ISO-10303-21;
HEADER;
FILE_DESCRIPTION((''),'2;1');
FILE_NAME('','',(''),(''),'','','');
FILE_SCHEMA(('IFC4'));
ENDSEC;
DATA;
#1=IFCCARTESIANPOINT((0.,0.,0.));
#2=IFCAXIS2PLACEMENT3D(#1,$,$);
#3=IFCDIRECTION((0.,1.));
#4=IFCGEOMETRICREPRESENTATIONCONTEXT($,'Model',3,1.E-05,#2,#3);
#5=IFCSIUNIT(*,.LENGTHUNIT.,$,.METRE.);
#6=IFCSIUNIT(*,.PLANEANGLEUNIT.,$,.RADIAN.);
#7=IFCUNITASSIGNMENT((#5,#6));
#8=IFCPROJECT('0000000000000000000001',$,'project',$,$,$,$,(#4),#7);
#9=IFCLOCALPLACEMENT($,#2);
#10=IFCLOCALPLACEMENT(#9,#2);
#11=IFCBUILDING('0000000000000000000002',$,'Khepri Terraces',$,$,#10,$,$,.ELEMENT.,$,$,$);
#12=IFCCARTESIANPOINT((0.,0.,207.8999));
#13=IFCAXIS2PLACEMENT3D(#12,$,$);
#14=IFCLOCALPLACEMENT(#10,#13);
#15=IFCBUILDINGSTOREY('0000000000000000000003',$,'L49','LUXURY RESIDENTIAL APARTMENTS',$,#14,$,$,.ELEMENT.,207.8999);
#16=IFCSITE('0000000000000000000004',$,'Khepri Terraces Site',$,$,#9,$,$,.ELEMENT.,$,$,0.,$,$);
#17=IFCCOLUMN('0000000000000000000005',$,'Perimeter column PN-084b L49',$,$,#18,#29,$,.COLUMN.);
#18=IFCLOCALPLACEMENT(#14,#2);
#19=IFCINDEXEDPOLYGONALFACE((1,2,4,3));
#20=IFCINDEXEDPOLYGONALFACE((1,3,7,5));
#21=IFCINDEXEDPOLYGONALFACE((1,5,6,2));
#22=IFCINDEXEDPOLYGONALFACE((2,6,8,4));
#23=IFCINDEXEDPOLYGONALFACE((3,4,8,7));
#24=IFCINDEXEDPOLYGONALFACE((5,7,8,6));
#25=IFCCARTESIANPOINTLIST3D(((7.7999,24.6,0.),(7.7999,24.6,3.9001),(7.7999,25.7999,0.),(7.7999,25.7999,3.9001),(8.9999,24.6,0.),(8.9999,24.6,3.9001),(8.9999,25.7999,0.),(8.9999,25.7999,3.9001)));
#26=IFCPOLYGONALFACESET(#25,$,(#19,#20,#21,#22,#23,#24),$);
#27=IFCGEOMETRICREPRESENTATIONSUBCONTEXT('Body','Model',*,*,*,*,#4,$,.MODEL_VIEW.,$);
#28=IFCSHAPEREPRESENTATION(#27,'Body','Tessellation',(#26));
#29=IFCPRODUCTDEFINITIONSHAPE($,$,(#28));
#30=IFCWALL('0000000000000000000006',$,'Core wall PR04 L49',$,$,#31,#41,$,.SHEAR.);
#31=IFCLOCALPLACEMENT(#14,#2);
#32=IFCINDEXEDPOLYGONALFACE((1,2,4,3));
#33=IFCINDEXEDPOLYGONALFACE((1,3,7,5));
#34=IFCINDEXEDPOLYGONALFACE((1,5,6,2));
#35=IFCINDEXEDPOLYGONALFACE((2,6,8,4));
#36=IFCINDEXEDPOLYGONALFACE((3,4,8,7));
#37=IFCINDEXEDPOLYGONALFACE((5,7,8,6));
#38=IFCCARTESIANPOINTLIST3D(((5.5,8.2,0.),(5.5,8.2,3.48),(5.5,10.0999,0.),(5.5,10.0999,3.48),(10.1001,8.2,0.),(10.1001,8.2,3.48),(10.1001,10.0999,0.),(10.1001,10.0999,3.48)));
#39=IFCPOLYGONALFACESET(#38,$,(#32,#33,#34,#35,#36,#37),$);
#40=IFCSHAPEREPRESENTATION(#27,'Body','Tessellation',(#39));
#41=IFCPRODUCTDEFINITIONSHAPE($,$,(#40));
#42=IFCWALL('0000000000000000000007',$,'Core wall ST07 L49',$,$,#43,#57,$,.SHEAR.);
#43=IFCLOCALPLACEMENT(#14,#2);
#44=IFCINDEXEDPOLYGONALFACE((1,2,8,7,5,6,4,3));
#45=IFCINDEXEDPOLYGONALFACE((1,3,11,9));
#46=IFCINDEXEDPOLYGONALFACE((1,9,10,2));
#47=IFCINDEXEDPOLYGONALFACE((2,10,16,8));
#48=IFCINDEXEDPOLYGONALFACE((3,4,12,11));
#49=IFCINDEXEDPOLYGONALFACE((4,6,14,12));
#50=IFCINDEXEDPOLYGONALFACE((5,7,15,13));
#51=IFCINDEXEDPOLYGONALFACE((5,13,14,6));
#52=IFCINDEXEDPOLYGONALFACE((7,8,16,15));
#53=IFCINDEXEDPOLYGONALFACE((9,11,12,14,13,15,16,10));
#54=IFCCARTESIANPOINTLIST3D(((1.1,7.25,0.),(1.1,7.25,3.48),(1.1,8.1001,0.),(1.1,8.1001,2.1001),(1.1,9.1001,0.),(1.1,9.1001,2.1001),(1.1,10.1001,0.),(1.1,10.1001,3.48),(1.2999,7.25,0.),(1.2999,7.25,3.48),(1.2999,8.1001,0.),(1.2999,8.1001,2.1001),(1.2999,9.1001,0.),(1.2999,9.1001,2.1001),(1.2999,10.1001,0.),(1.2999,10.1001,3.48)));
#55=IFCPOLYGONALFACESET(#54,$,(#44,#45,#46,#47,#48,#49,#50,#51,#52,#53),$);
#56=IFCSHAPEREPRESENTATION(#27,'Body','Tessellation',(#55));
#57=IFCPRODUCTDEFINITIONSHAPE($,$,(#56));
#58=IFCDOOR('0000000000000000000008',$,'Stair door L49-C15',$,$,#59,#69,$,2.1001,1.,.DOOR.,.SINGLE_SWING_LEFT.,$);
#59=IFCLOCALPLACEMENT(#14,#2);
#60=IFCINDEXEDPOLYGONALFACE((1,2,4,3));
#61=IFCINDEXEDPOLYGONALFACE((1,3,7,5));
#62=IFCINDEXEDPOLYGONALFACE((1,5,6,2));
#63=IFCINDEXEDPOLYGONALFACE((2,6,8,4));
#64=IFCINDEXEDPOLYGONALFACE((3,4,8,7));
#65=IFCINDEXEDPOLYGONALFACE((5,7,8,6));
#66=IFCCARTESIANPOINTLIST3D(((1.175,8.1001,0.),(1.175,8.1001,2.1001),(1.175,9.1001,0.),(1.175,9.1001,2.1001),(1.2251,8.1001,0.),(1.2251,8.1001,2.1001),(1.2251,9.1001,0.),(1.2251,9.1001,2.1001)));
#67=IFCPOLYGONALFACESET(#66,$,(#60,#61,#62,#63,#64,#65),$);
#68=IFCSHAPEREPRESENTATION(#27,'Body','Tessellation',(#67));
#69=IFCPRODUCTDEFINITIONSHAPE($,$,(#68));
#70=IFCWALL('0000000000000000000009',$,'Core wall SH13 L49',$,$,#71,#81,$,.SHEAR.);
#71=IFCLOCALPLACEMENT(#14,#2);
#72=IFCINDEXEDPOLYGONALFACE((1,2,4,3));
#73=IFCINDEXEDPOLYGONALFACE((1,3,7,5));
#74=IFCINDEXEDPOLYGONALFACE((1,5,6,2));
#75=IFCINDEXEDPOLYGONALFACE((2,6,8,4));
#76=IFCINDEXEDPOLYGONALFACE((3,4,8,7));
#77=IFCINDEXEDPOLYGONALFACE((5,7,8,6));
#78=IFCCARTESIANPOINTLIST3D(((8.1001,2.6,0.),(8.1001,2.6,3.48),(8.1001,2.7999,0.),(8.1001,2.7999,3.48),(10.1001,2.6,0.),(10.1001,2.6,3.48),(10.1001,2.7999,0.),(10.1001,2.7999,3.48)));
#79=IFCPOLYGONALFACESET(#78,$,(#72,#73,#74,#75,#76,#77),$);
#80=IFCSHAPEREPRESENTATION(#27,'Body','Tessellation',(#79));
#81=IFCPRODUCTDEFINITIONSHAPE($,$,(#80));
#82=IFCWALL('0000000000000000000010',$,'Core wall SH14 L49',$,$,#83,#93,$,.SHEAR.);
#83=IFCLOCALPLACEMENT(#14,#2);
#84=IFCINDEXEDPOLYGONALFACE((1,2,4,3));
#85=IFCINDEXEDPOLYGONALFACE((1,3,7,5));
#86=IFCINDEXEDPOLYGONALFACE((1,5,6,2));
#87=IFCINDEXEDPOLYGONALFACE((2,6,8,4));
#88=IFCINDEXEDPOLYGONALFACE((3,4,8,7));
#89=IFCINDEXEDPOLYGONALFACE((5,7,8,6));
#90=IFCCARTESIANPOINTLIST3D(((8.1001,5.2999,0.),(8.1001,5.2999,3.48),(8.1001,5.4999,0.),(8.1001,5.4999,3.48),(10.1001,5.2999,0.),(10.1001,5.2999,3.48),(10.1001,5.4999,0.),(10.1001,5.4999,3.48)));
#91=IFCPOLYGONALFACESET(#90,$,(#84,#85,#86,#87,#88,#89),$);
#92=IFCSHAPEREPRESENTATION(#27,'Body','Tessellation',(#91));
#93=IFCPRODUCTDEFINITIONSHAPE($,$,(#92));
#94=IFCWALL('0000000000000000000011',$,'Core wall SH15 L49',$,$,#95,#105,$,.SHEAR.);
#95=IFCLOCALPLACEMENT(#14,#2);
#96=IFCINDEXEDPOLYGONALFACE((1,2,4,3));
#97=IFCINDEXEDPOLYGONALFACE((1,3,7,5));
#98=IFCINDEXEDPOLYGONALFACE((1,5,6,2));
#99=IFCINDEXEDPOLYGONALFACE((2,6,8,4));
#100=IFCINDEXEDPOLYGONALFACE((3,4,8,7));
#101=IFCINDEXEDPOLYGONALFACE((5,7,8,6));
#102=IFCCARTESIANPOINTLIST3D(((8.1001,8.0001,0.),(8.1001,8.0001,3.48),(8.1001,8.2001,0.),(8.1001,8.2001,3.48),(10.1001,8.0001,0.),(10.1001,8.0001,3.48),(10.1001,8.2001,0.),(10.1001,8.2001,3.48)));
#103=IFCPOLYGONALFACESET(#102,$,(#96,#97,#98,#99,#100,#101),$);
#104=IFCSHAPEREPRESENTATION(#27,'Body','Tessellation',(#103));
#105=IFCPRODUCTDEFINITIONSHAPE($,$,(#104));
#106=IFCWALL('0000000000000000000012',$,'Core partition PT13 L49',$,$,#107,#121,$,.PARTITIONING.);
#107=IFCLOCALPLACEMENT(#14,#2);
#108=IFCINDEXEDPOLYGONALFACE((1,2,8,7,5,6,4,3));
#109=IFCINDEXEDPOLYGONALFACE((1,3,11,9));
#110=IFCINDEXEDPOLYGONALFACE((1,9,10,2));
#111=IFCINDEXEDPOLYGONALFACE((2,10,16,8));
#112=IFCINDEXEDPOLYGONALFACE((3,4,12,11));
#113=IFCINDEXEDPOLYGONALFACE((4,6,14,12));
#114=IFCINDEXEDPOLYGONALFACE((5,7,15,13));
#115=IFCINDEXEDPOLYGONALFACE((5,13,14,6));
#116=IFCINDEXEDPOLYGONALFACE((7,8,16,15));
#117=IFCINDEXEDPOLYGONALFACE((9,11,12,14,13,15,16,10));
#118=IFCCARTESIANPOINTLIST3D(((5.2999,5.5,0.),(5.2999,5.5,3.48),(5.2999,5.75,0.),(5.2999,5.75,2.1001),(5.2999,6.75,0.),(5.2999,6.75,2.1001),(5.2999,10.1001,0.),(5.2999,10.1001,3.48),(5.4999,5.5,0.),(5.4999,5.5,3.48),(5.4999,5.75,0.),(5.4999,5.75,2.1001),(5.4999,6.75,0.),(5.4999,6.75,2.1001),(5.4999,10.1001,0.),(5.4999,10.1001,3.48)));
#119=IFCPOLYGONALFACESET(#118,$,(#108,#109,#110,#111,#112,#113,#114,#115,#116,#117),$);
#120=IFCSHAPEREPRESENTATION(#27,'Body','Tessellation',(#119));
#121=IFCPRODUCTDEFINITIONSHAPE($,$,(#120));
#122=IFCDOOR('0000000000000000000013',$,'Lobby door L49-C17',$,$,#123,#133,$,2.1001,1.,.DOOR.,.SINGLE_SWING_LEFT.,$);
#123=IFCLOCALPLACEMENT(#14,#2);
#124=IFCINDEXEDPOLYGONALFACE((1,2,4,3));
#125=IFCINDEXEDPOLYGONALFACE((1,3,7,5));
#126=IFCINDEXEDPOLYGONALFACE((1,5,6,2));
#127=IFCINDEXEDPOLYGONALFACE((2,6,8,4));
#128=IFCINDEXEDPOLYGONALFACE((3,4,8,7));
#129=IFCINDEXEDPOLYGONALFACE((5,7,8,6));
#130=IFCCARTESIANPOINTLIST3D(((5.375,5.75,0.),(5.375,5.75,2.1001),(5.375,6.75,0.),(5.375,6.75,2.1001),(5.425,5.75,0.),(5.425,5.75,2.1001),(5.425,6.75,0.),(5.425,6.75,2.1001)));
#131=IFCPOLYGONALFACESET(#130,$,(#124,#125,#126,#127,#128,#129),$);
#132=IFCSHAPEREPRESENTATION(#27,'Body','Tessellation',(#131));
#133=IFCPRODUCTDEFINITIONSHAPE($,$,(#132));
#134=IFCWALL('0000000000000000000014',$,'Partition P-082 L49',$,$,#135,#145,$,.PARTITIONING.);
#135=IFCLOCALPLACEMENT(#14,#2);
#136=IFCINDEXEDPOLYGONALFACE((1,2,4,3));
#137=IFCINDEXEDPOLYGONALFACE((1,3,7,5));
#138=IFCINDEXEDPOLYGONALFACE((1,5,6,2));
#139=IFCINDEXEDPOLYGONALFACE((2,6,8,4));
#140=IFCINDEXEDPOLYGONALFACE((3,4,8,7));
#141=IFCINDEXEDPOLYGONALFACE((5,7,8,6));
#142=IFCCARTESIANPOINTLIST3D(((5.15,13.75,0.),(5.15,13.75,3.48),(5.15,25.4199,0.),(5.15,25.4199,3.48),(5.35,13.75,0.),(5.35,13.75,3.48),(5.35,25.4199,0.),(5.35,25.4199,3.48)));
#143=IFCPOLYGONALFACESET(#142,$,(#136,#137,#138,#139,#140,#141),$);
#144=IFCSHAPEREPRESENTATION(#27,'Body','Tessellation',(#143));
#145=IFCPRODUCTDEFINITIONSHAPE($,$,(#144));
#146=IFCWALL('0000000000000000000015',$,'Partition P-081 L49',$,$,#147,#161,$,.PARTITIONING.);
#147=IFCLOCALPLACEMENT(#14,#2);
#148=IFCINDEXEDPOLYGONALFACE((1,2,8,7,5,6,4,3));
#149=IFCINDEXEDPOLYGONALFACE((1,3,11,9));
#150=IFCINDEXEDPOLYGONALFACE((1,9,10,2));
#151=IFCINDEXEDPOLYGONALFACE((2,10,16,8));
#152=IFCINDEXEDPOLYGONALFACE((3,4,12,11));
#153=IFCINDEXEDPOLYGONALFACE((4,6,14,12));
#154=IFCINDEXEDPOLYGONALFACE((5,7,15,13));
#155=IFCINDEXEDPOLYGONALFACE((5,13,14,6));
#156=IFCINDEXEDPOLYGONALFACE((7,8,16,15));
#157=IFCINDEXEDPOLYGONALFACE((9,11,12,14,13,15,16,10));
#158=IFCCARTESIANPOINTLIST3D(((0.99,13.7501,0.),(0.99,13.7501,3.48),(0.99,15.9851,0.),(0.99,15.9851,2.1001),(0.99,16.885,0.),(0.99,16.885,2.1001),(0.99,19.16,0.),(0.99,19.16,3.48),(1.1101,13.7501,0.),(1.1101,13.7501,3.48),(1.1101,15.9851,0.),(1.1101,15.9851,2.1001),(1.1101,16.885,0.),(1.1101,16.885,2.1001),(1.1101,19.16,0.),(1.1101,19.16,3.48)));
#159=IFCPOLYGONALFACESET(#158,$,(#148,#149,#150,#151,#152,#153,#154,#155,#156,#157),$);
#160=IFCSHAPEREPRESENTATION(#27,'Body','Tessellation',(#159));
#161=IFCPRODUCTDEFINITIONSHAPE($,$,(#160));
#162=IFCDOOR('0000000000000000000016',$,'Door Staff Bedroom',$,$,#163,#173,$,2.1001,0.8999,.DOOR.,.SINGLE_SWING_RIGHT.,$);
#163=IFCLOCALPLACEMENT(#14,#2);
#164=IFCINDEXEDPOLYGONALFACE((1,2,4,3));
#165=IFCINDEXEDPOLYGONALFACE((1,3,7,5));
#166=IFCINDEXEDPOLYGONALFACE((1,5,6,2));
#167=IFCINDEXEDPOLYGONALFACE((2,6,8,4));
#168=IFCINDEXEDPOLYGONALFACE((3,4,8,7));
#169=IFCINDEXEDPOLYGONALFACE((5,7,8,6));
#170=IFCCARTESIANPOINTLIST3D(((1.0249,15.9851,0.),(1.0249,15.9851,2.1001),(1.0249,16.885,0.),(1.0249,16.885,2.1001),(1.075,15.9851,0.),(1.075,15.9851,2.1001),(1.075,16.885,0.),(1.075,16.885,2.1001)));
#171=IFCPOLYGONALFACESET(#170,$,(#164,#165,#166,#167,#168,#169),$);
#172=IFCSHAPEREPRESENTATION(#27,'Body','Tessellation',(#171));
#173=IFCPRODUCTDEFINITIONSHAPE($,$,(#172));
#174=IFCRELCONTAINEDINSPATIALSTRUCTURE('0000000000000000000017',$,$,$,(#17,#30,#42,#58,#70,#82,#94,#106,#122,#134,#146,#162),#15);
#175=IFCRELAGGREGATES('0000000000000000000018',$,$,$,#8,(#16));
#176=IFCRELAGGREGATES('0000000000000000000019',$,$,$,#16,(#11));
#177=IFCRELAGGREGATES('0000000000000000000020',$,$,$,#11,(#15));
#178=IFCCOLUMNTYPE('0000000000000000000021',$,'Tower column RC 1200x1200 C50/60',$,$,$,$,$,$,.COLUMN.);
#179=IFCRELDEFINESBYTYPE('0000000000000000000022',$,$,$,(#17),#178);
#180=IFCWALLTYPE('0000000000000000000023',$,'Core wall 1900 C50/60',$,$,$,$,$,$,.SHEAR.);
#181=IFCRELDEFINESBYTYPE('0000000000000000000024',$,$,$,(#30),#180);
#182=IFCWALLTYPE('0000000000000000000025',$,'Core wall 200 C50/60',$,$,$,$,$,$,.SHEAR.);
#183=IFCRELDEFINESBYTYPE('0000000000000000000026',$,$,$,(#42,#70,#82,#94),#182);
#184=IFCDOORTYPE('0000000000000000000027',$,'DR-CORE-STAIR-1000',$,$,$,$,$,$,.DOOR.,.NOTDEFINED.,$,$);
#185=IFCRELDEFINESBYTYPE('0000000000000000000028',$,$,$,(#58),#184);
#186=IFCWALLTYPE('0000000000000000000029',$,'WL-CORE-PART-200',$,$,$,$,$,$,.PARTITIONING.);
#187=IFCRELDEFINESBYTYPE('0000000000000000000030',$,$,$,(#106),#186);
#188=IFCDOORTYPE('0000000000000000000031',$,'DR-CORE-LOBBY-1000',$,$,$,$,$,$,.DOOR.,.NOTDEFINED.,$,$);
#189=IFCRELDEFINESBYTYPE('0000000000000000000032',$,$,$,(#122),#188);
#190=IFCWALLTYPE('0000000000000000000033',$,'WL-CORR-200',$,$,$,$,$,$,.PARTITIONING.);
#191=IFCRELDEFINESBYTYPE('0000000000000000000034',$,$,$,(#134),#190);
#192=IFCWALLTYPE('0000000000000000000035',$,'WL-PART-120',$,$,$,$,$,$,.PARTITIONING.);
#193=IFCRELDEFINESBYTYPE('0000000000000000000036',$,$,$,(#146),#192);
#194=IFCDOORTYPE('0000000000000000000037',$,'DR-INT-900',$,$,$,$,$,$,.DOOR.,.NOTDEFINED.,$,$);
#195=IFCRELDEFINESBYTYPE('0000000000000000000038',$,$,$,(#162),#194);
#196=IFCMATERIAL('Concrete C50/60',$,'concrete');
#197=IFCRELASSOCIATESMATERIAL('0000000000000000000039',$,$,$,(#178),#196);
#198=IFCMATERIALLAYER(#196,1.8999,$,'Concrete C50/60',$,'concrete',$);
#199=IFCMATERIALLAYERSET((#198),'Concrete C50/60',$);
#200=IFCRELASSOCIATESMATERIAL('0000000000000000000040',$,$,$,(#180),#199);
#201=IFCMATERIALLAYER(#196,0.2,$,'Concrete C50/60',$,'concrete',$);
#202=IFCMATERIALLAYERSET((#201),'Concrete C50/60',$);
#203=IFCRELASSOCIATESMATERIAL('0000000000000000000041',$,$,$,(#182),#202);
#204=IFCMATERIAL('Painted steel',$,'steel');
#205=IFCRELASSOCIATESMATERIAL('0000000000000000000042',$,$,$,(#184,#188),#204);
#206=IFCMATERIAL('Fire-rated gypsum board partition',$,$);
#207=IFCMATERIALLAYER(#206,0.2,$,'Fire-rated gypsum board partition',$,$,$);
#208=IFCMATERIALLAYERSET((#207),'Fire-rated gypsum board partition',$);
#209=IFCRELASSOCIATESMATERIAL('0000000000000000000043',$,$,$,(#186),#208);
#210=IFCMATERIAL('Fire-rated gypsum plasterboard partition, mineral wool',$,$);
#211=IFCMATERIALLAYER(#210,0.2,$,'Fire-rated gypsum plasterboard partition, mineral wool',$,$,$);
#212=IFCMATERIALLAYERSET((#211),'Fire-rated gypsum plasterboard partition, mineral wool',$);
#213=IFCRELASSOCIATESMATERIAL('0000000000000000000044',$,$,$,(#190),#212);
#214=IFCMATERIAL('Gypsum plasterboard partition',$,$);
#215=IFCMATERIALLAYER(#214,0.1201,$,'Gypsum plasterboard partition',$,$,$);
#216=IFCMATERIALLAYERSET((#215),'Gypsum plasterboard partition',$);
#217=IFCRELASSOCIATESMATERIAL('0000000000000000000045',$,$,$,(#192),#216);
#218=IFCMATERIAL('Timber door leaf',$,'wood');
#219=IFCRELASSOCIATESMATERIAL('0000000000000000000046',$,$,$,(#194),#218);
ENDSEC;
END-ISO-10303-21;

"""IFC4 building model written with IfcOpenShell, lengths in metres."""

from ifc_helpers import new_model, si_unit, direction, frame, frame_2d, origin, origin_2d, place, context, subcontext, project, spatial, rectangle, extrude, material, layer, layer_set, material_profile, profile_set, type_object, element, fill, save


model = new_model("IFC4")

# Units and contexts
model_context = context("Model", 3, precision=1e-05, world=origin(), true_north=direction((0.0, 1.0)))
body_context = subcontext(model_context, "Body", "Model", "MODEL_VIEW")
ifc_project = project(units=[si_unit("LENGTHUNIT", "METRE"), si_unit("PLANEANGLEUNIT", "RADIAN")], contexts=[model_context])

# Site, building, storey
site_placement = place(None, origin())
site = spatial("IfcSite", under=ifc_project, at=site_placement, Name="Khepri Terraces Site", CompositionType="ELEMENT", RefElevation=0.0)
building_placement = place(site_placement, origin())
building = spatial("IfcBuilding", under=site, at=building_placement, Name="Khepri Terraces", CompositionType="ELEMENT")
storey_placement = place(building_placement, frame((0.0, 0.0, 207.8999)))
storey = spatial("IfcBuildingStorey", under=building, at=storey_placement, Name="L49", Description="LUXURY RESIDENTIAL APARTMENTS", CompositionType="ELEMENT", Elevation=207.8999)

# Column
ifc_material_1 = material(Name="Concrete C50/60", Category="concrete")
ifc_material_profile = material_profile(ifc_material_1, rectangle(XDim=1.2, YDim=1.2, at=origin_2d()), Name="Concrete C50/60", Category="concrete")
ifc_profile_set = profile_set([ifc_material_profile], Name="Concrete C50/60")
column_type = type_object("IfcColumnType", Name="Tower column RC 1200x1200 C50/60", PredefinedType="COLUMN", material=ifc_profile_set)
column_placement = place(storey_placement, frame((8.3999, 25.2, 0.0), z_axis=(0.0, 0.0, 1.0), x_axis=(1.0, 0.0, 0.0)))
element("IfcColumn", 1, at=column_placement, inside=storey, type_object=column_type, Name="Perimeter column PN-084b L49", PredefinedType="COLUMN", context=body_context, shape_type="SweptSolid", body=[
    extrude(rectangle(XDim=1.2, YDim=1.2, at=origin_2d()), origin(), (0.0, 0.0, 1.0), 3.9001),
])

# Wall
ifc_layer_1 = layer(ifc_material_1, 1.8999, Name="Concrete C50/60", Category="concrete")
ifc_layer_set_1 = layer_set([ifc_layer_1], Name="Concrete C50/60")
wall_type_1 = type_object("IfcWallType", Name="Core wall 1900 C50/60", PredefinedType="SHEAR", material=ifc_layer_set_1)
wall_1_placement = place(storey_placement, frame((5.5, 9.1499, 0.0), z_axis=(0.0, 0.0, 1.0), x_axis=(1.0, 0.0, 0.0)))
element("IfcWall", 2, at=wall_1_placement, inside=storey, type_object=wall_type_1, Name="Core wall PR04 L49", PredefinedType="SHEAR", context=body_context, shape_type="SweptSolid", body=[
    extrude(rectangle(XDim=4.6001, YDim=1.8999, at=frame_2d((2.3, 0.0))), origin(), (0.0, 0.0, 1.0), 3.48),
])

# Wall, opening, door
ifc_layer_2 = layer(ifc_material_1, 0.2, Name="Concrete C50/60", Category="concrete")
ifc_layer_set_2 = layer_set([ifc_layer_2], Name="Concrete C50/60")
wall_type_2 = type_object("IfcWallType", Name="Core wall 200 C50/60", PredefinedType="SHEAR", material=ifc_layer_set_2)
wall_2_placement = place(storey_placement, frame((1.2, 7.25, 0.0), z_axis=(0.0, 0.0, 1.0), x_axis=(0.0, 1.0, 0.0)))
wall_2 = element("IfcWall", 3, at=wall_2_placement, inside=storey, type_object=wall_type_2, Name="Core wall ST07 L49", PredefinedType="SHEAR", context=body_context, shape_type="SweptSolid", body=[
    extrude(rectangle(XDim=2.8501, YDim=0.2, at=frame_2d((1.425, 0.0))), origin(), (0.0, 0.0, 1.0), 3.48),
])
opening_1_placement = place(wall_2_placement, frame((0.8501, 0.0, 0.0)))
opening_1 = element("IfcOpeningElement", 4, at=opening_1_placement, cuts=wall_2, PredefinedType="OPENING", context=body_context, shape_type="SweptSolid", body=[
    extrude(rectangle(XDim=1.0, YDim=2.1001, at=frame_2d((0.5, 1.05))), frame((0.0, 0.1099, 0.0), z_axis=(0.0, -1.0, 0.0), x_axis=(1.0, 0.0, 0.0)), (0.0, 0.0, 1.0), 0.22),
])
ifc_material_2 = material(Name="Painted steel", Category="steel")
door_type_1 = type_object("IfcDoorType", Name="DR-CORE-STAIR-1000", OperationType="NOTDEFINED", PredefinedType="DOOR", material=ifc_material_2)
door_1_placement = place(opening_1_placement, origin())
door_1 = element("IfcDoor", 5, at=door_1_placement, inside=storey, type_object=door_type_1, Name="Stair door L49-C15", OperationType="SINGLE_SWING_LEFT", OverallHeight=2.1001, OverallWidth=1.0, PredefinedType="DOOR", context=body_context, shape_type="SweptSolid", body=[
    extrude(rectangle(XDim=1.0, YDim=2.1001, at=frame_2d((0.5, 1.05))), frame((0.0, 0.0249, 0.0), z_axis=(0.0, -1.0, 0.0), x_axis=(1.0, 0.0, 0.0)), (0.0, 0.0, 1.0), 0.05),
])
fill(opening_1, door_1)

# Walls
for number, where, z_axis, x_axis, name in (
    (6, (8.1001, 2.7, 0.0), (0.0, 0.0, 1.0), (1.0, 0.0, 0.0), "Core wall SH13 L49"),
    (7, (8.1001, 5.3999, 0.0), (0.0, 0.0, 1.0), (1.0, 0.0, 0.0), "Core wall SH14 L49"),
    (8, (8.1001, 8.1001, 0.0), (0.0, 0.0, 1.0), (1.0, 0.0, 0.0), "Core wall SH15 L49"),
):
    element("IfcWall", number, at=place(storey_placement, frame(where, z_axis=z_axis, x_axis=x_axis)), inside=storey, type_object=wall_type_2, Name=name, PredefinedType="SHEAR", context=body_context, shape_type="SweptSolid", body=[
        extrude(rectangle(XDim=2.0, YDim=0.2, at=frame_2d((1.0, 0.0))), origin(), (0.0, 0.0, 1.0), 3.48),
    ])

# Wall, opening, door
ifc_material_3 = material(Name="Fire-rated gypsum board partition")
ifc_layer_3 = layer(ifc_material_3, 0.2, Name="Fire-rated gypsum board partition")
ifc_layer_set_3 = layer_set([ifc_layer_3], Name="Fire-rated gypsum board partition")
wall_type_3 = type_object("IfcWallType", Name="WL-CORE-PART-200", PredefinedType="PARTITIONING", material=ifc_layer_set_3)
wall_3_placement = place(storey_placement, frame((5.3999, 5.5, 0.0), z_axis=(0.0, 0.0, 1.0), x_axis=(0.0, 1.0, 0.0)))
wall_3 = element("IfcWall", 9, at=wall_3_placement, inside=storey, type_object=wall_type_3, Name="Core partition PT13 L49", PredefinedType="PARTITIONING", context=body_context, shape_type="SweptSolid", body=[
    extrude(rectangle(XDim=4.6001, YDim=0.2, at=frame_2d((2.3, 0.0))), origin(), (0.0, 0.0, 1.0), 3.48),
])
opening_2_placement = place(wall_3_placement, frame((0.25, 0.0, 0.0)))
opening_2 = element("IfcOpeningElement", 10, at=opening_2_placement, cuts=wall_3, PredefinedType="OPENING", context=body_context, shape_type="SweptSolid", body=[
    extrude(rectangle(XDim=1.0, YDim=2.1001, at=frame_2d((0.5, 1.05))), frame((0.0, 0.1099, 0.0), z_axis=(0.0, -1.0, 0.0), x_axis=(1.0, 0.0, 0.0)), (0.0, 0.0, 1.0), 0.22),
])
door_type_2 = type_object("IfcDoorType", Name="DR-CORE-LOBBY-1000", OperationType="NOTDEFINED", PredefinedType="DOOR", material=ifc_material_2)
door_2_placement = place(opening_2_placement, origin())
door_2 = element("IfcDoor", 11, at=door_2_placement, inside=storey, type_object=door_type_2, Name="Lobby door L49-C17", OperationType="SINGLE_SWING_LEFT", OverallHeight=2.1001, OverallWidth=1.0, PredefinedType="DOOR", context=body_context, shape_type="SweptSolid", body=[
    extrude(rectangle(XDim=1.0, YDim=2.1001, at=frame_2d((0.5, 1.05))), frame((0.0, 0.0249, 0.0), z_axis=(0.0, -1.0, 0.0), x_axis=(1.0, 0.0, 0.0)), (0.0, 0.0, 1.0), 0.05),
])
fill(opening_2, door_2)

# Wall
ifc_material_4 = material(Name="Fire-rated gypsum plasterboard partition, mineral wool")
ifc_layer_4 = layer(ifc_material_4, 0.2, Name="Fire-rated gypsum plasterboard partition, mineral wool")
ifc_layer_set_4 = layer_set([ifc_layer_4], Name="Fire-rated gypsum plasterboard partition, mineral wool")
wall_type_4 = type_object("IfcWallType", Name="WL-CORR-200", PredefinedType="PARTITIONING", material=ifc_layer_set_4)
wall_4_placement = place(storey_placement, frame((5.25, 13.75, 0.0), z_axis=(0.0, 0.0, 1.0), x_axis=(0.0, 1.0, 0.0)))
element("IfcWall", 12, at=wall_4_placement, inside=storey, type_object=wall_type_4, Name="Partition P-082 L49", PredefinedType="PARTITIONING", context=body_context, shape_type="SweptSolid", body=[
    extrude(rectangle(XDim=11.6699, YDim=0.2, at=frame_2d((5.835, 0.0))), origin(), (0.0, 0.0, 1.0), 3.48),
])

# Wall, opening, door
ifc_material_5 = material(Name="Gypsum plasterboard partition")
ifc_layer_5 = layer(ifc_material_5, 0.1201, Name="Gypsum plasterboard partition")
ifc_layer_set_5 = layer_set([ifc_layer_5], Name="Gypsum plasterboard partition")
wall_type_5 = type_object("IfcWallType", Name="WL-PART-120", PredefinedType="PARTITIONING", material=ifc_layer_set_5)
wall_5_placement = place(storey_placement, frame((1.05, 13.75, 0.0), z_axis=(0.0, 0.0, 1.0), x_axis=(0.0, 1.0, 0.0)))
wall_5 = element("IfcWall", 13, at=wall_5_placement, inside=storey, type_object=wall_type_5, Name="Partition P-081 L49", PredefinedType="PARTITIONING", context=body_context, shape_type="SweptSolid", body=[
    extrude(rectangle(XDim=5.4099, YDim=0.1201, at=frame_2d((2.7051, 0.0))), origin(), (0.0, 0.0, 1.0), 3.48),
])
opening_3_placement = place(wall_5_placement, frame((2.2351, 0.0, 0.0)))
opening_3 = element("IfcOpeningElement", 14, at=opening_3_placement, cuts=wall_5, PredefinedType="OPENING", context=body_context, shape_type="SweptSolid", body=[
    extrude(rectangle(XDim=0.8999, YDim=2.1001, at=frame_2d((0.45, 1.05))), frame((0.0, 0.0701, 0.0), z_axis=(0.0, -1.0, 0.0), x_axis=(1.0, 0.0, 0.0)), (0.0, 0.0, 1.0), 0.1401),
])
ifc_material_6 = material(Name="Timber door leaf", Category="wood")
door_type_3 = type_object("IfcDoorType", Name="DR-INT-900", OperationType="NOTDEFINED", PredefinedType="DOOR", material=ifc_material_6)
door_3_placement = place(opening_3_placement, frame((0.8999, 0.0, 0.0), z_axis=(0.0, 0.0, 1.0), x_axis=(-1.0, 0.0, 0.0)))
door_3 = element("IfcDoor", 15, at=door_3_placement, inside=storey, type_object=door_type_3, Name="Door Staff Bedroom", OperationType="SINGLE_SWING_RIGHT", OverallHeight=2.1001, OverallWidth=0.8999, PredefinedType="DOOR", context=body_context, shape_type="SweptSolid", body=[
    extrude(rectangle(XDim=0.8999, YDim=2.1001, at=frame_2d((0.45, 1.05))), frame((0.0, 0.0249, 0.0), z_axis=(0.0, -1.0, 0.0), x_axis=(1.0, 0.0, 0.0)), (0.0, 0.0, 1.0), 0.05),
])
fill(opening_3, door_3)

save(model, "model.ifc")
